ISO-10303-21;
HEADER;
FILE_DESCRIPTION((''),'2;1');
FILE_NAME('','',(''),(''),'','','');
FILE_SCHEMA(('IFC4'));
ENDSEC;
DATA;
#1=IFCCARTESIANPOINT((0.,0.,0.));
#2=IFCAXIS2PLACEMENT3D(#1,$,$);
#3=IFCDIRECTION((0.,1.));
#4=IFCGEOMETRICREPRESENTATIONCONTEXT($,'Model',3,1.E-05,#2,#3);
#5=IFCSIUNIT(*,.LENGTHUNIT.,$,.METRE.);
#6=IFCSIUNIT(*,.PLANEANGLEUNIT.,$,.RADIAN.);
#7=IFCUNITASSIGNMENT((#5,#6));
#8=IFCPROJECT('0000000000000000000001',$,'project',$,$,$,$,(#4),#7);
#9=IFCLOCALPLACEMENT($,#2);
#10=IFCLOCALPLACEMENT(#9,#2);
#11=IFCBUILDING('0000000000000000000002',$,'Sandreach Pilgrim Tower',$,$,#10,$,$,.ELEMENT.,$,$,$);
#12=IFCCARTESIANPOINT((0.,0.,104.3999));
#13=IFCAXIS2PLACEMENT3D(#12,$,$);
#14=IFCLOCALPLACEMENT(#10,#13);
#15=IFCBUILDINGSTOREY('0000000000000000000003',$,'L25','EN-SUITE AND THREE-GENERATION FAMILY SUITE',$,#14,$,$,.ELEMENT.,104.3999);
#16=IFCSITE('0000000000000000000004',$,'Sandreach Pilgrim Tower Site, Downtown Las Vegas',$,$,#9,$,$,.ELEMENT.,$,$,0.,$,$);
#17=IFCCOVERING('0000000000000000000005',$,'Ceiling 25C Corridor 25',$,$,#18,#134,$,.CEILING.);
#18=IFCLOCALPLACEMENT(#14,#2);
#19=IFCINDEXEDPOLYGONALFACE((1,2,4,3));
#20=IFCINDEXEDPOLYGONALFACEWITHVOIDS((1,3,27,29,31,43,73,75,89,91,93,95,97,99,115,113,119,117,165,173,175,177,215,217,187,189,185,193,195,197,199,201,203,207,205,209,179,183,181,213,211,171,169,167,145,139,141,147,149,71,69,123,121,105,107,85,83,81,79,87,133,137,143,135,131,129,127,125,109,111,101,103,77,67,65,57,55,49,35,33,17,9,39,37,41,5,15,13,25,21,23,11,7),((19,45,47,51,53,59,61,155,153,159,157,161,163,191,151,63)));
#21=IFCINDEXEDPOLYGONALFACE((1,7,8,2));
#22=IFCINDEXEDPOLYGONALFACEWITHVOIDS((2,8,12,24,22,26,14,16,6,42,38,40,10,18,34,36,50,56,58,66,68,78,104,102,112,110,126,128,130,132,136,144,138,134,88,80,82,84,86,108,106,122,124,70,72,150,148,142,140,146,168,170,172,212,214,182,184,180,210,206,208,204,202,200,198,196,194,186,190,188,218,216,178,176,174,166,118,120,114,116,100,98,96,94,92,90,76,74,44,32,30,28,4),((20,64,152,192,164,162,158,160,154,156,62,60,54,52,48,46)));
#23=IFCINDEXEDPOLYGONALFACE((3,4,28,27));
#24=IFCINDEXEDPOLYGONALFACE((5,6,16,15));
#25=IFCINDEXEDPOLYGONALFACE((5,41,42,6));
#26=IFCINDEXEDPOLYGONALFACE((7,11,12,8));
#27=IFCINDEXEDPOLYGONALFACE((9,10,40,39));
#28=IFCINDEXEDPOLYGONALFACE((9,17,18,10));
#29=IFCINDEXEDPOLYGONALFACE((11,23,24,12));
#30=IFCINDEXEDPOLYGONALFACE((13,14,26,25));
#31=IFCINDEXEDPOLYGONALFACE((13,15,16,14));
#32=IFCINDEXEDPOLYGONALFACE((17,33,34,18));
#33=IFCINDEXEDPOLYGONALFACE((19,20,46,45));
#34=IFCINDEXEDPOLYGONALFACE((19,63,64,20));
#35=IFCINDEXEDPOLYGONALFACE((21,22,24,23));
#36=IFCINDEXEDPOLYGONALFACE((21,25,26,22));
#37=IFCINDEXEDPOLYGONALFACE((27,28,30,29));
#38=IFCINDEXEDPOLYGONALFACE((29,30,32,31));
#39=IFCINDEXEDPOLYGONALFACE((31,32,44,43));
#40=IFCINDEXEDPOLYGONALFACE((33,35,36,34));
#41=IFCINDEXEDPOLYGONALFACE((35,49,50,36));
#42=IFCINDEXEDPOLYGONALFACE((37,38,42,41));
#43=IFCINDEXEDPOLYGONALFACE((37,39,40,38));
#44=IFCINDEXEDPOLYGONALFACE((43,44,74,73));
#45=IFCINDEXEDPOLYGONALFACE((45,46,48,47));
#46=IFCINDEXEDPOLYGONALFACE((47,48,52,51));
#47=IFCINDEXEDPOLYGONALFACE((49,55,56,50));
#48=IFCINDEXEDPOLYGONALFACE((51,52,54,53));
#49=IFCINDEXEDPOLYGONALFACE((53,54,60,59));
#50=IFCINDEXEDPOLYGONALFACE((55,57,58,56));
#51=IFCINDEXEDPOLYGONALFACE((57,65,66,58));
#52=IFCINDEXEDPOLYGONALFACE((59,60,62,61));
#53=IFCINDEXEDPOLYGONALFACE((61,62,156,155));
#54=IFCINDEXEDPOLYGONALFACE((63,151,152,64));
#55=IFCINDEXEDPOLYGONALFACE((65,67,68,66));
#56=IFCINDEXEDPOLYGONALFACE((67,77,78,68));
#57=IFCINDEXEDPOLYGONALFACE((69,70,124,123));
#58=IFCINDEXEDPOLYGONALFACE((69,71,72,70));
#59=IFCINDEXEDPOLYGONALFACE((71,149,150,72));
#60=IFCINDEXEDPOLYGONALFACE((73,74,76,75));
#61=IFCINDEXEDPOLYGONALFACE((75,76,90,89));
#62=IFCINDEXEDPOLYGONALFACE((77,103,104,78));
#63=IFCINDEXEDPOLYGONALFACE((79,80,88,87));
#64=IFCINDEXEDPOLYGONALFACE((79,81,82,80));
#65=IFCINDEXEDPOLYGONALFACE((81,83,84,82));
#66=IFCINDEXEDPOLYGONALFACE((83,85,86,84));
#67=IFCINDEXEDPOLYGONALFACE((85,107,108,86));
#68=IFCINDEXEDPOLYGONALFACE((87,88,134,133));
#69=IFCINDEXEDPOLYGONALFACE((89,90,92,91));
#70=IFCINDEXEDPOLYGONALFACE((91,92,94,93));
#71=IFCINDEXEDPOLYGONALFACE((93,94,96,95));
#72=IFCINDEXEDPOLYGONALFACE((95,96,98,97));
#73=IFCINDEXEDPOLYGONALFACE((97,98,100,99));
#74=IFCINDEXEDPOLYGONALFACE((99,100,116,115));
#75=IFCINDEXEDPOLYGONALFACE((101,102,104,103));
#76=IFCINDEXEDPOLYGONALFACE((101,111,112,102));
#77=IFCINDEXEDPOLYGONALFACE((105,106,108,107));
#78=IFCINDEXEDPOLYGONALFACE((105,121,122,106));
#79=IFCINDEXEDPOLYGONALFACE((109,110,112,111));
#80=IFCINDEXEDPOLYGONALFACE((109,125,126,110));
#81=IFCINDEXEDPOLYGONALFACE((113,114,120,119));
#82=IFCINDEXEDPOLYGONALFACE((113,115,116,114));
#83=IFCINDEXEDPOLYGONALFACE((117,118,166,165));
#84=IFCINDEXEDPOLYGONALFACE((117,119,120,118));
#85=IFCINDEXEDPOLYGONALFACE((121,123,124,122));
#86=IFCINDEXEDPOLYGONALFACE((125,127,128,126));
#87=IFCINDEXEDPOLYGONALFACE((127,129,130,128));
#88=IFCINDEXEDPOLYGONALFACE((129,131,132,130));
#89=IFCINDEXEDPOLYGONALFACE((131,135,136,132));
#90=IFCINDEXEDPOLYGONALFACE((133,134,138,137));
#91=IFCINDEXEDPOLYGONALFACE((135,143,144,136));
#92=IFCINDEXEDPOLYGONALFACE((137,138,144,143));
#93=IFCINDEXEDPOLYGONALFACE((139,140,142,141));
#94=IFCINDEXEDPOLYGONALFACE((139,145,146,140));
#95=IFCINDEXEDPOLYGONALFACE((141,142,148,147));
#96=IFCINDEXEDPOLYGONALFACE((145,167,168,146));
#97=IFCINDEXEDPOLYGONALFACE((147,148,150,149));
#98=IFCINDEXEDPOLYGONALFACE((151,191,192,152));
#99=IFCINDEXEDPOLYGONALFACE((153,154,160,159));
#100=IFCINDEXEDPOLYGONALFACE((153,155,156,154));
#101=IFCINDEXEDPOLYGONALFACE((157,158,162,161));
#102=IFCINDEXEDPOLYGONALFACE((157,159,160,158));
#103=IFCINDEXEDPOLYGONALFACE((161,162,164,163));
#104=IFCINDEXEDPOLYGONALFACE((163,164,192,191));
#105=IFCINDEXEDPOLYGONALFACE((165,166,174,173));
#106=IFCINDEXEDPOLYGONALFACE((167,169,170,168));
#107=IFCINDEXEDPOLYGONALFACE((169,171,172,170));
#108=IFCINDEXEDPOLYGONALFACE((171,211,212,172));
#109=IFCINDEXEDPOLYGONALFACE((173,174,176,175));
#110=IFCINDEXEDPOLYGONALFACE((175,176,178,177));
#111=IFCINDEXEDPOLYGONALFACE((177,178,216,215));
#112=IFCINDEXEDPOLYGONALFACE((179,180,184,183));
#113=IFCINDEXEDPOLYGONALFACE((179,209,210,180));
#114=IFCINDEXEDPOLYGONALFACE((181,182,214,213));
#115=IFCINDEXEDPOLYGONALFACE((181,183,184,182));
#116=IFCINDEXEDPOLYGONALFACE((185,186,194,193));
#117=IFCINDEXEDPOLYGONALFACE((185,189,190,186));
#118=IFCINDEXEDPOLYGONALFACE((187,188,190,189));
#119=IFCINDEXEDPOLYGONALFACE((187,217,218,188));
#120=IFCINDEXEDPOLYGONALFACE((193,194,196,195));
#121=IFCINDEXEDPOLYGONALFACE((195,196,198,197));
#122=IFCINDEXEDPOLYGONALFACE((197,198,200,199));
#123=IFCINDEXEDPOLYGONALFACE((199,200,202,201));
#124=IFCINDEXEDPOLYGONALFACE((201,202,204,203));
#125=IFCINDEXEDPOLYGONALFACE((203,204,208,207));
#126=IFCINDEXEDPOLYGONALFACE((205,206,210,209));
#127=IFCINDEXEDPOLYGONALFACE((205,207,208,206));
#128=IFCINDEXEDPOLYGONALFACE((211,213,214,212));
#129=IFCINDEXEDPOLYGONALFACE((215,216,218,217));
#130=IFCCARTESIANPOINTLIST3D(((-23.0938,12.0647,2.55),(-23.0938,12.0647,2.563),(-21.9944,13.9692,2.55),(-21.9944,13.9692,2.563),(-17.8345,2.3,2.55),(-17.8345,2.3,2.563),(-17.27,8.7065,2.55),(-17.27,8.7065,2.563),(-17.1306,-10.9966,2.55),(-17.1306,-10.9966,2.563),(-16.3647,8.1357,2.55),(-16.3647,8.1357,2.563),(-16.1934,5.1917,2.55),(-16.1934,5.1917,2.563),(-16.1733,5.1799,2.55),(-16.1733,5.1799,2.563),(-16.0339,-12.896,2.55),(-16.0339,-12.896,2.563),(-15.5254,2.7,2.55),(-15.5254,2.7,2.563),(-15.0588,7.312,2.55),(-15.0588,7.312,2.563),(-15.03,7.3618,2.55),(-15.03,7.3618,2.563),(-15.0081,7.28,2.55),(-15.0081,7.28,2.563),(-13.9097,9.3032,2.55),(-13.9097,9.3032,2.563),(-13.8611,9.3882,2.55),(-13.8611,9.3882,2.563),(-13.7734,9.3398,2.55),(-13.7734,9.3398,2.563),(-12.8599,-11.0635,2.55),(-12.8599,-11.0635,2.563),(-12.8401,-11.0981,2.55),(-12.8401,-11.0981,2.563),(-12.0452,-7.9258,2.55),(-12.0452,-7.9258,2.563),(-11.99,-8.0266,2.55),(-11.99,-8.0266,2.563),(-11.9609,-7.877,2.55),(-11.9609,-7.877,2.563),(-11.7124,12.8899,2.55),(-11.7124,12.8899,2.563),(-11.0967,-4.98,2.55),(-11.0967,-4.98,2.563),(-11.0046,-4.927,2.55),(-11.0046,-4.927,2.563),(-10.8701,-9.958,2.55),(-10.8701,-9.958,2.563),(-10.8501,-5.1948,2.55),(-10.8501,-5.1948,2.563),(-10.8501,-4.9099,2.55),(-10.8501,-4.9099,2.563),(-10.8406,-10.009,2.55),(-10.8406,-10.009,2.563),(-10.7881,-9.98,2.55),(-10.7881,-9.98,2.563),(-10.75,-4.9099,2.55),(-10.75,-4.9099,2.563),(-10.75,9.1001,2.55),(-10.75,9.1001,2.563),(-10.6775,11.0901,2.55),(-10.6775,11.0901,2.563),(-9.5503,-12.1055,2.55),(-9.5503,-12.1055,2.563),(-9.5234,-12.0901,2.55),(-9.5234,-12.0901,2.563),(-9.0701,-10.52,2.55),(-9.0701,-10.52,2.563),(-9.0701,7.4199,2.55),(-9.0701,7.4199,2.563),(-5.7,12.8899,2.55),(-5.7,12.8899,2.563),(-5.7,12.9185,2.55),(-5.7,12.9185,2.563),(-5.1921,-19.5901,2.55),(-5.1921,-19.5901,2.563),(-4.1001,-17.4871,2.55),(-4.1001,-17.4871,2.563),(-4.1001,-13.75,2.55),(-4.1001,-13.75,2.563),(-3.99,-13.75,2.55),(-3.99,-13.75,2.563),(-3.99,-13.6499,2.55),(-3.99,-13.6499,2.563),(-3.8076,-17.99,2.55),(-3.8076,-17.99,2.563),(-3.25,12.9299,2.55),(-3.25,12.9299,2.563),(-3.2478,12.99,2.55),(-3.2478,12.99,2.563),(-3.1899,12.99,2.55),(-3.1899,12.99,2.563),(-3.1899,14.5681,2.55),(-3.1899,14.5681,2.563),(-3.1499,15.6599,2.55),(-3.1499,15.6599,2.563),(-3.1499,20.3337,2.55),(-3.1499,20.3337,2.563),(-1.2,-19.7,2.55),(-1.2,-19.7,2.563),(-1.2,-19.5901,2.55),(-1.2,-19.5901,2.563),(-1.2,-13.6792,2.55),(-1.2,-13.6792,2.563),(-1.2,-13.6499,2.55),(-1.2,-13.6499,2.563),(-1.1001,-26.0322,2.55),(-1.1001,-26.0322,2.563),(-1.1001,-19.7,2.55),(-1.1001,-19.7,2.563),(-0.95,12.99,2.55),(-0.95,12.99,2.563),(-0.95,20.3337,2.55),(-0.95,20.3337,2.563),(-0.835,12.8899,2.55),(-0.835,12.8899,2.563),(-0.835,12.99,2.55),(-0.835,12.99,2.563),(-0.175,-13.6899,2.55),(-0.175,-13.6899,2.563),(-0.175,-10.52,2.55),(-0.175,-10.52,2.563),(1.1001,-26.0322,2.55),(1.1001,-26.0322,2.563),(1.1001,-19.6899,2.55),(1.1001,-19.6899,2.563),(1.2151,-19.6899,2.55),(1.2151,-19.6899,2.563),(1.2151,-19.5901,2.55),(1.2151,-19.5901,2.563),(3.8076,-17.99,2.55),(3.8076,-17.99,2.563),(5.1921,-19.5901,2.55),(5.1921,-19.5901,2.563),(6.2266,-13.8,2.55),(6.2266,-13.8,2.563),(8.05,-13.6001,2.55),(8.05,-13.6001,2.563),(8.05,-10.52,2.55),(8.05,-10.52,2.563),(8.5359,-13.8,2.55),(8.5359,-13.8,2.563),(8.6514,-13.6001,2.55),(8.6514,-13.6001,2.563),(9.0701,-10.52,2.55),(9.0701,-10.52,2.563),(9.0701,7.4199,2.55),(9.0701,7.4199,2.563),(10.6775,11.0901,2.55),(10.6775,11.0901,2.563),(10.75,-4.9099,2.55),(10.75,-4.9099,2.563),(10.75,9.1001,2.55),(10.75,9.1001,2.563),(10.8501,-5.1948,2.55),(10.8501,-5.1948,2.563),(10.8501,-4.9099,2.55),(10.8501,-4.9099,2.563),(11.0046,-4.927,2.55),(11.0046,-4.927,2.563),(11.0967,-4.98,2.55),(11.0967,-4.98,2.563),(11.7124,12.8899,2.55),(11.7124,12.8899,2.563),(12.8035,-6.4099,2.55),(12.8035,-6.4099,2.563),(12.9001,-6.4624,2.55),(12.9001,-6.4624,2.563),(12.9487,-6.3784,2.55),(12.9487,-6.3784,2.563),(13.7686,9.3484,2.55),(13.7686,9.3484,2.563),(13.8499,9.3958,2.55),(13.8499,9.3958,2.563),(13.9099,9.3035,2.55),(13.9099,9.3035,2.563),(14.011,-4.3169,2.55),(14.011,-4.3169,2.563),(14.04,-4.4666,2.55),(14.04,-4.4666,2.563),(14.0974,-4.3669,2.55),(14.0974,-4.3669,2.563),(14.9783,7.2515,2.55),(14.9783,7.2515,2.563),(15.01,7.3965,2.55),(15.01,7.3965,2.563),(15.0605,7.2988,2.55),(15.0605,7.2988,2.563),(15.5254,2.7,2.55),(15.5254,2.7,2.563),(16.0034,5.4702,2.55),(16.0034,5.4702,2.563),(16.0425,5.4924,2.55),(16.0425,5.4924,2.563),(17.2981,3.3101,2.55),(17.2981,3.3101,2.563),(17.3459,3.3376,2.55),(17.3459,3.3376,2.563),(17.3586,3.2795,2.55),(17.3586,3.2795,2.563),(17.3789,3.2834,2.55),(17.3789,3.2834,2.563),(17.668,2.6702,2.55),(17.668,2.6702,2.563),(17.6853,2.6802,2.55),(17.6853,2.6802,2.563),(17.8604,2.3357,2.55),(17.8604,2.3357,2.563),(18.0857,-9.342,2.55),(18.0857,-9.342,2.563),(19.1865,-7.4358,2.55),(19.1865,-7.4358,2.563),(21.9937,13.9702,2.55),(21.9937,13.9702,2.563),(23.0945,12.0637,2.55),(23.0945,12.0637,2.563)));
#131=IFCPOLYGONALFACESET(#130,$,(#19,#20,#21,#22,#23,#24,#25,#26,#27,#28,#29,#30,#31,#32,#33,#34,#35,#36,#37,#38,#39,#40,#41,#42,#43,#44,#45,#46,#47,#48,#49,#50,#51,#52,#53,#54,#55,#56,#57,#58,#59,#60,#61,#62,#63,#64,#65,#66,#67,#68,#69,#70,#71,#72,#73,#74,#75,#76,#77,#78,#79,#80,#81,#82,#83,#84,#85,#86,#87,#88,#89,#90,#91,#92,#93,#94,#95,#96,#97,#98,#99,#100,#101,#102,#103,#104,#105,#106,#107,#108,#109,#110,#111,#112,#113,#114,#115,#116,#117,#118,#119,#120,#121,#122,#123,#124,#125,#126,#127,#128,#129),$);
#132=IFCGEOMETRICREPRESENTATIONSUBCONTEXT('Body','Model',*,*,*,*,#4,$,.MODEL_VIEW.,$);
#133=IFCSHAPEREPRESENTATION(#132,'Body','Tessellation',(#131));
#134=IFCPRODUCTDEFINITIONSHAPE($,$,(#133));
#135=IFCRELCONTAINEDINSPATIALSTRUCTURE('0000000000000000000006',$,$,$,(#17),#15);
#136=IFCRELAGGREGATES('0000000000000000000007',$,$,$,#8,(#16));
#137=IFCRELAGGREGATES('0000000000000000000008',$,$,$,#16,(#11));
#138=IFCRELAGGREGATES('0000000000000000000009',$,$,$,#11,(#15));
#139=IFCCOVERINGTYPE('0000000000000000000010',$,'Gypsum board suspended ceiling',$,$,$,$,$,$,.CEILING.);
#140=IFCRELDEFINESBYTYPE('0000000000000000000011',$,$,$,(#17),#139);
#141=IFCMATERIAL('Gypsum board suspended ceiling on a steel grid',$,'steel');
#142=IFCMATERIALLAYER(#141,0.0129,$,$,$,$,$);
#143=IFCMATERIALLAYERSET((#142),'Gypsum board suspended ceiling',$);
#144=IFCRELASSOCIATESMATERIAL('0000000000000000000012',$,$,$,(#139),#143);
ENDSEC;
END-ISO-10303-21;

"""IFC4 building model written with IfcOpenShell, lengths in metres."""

from ifc_helpers import new_model, si_unit, direction, frame, origin, place, context, subcontext, project, spatial, polyline, outline, extrude, material, layer, layer_set, type_object, element, save


model = new_model("IFC4")

# Units and contexts
model_context = context("Model", 3, precision=1e-05, world=origin(), true_north=direction((0.0, 1.0)))
body_context = subcontext(model_context, "Body", "Model", "MODEL_VIEW")
ifc_project = project(units=[si_unit("LENGTHUNIT", "METRE"), si_unit("PLANEANGLEUNIT", "RADIAN")], contexts=[model_context])

# Site, building, storey
site_placement = place(None, origin())
site = spatial("IfcSite", under=ifc_project, at=site_placement, Name="Sandreach Pilgrim Tower Site, Downtown Las Vegas", CompositionType="ELEMENT", RefElevation=0.0)
building_placement = place(site_placement, origin())
building = spatial("IfcBuilding", under=site, at=building_placement, Name="Sandreach Pilgrim Tower", CompositionType="ELEMENT")
storey_placement = place(building_placement, frame((0.0, 0.0, 104.3999)))
storey = spatial("IfcBuildingStorey", under=building, at=storey_placement, Name="L25", Description="EN-SUITE AND THREE-GENERATION FAMILY SUITE", CompositionType="ELEMENT", Elevation=104.3999)

# Covering
ifc_material_1 = material(Name="Gypsum board suspended ceiling on a steel grid", Category="steel")
ifc_layer_1 = layer(ifc_material_1, 0.0129)
ifc_layer_set_1 = layer_set([ifc_layer_1], Name="Gypsum board suspended ceiling")
covering_type_1 = type_object("IfcCoveringType", Name="Gypsum board suspended ceiling", PredefinedType="CEILING", material=ifc_layer_set_1)
covering_1_placement = place(storey_placement, frame((0.0, 0.0, 2.55)))
element("IfcCovering", 1, at=covering_1_placement, inside=storey, type_object=covering_type_1, Name="Ceiling 25C Corridor 25", PredefinedType="CEILING", context=body_context, shape_type="SweptSolid", body=[
    extrude(outline(polyline([(-23.0938, 12.0647), (-21.9944, 13.9692), (-13.9097, 9.3032), (-13.8611, 9.3882), (-13.7734, 9.3398), (-11.7124, 12.8899), (-5.7, 12.8899), (-5.7, 12.9185), (-3.25, 12.9299), (-3.2478, 12.99), (-3.1899, 12.99), (-3.1899, 14.5681), (-3.1499, 15.6599), (-3.1499, 20.3337), (-0.95, 20.3337), (-0.95, 12.99), (-0.835, 12.99), (-0.835, 12.8899), (11.7124, 12.8899), (13.7686, 9.3484), (13.8499, 9.3958), (13.9099, 9.3035), (21.9937, 13.9702), (23.0945, 12.0637), (15.01, 7.3965), (15.0605, 7.2988), (14.9783, 7.2515), (16.0034, 5.4702), (16.0425, 5.4924), (17.2981, 3.3101), (17.3459, 3.3376), (17.3586, 3.2795), (17.3789, 3.2834), (17.6853, 2.6802), (17.668, 2.6702), (17.8604, 2.3357), (14.011, -4.3169), (14.0974, -4.3669), (14.04, -4.4666), (19.1865, -7.4358), (18.0857, -9.342), (12.9487, -6.3784), (12.9001, -6.4624), (12.8035, -6.4099), (8.6514, -13.6001), (8.05, -13.6001), (8.05, -10.52), (9.0701, -10.52), (9.0701, 7.4199), (-9.0701, 7.4199), (-9.0701, -10.52), (-0.175, -10.52), (-0.175, -13.6899), (-1.2, -13.6792), (-1.2, -13.6499), (-3.99, -13.6499), (-3.99, -13.75), (-4.1001, -13.75), (-4.1001, -17.4871), (-3.8076, -17.99), (3.8076, -17.99), (6.2266, -13.8), (8.5359, -13.8), (5.1921, -19.5901), (1.2151, -19.5901), (1.2151, -19.6899), (1.1001, -19.6899), (1.1001, -26.0322), (-1.1001, -26.0322), (-1.1001, -19.7), (-1.2, -19.7), (-1.2, -19.5901), (-5.1921, -19.5901), (-9.5234, -12.0901), (-9.5503, -12.1055), (-10.7881, -9.98), (-10.8406, -10.009), (-10.8701, -9.958), (-12.8401, -11.0981), (-12.8599, -11.0635), (-16.0339, -12.896), (-17.1306, -10.9966), (-11.99, -8.0266), (-12.0452, -7.9258), (-11.9609, -7.877), (-17.8345, 2.3), (-16.1733, 5.1799), (-16.1934, 5.1917), (-15.0081, 7.28), (-15.0588, 7.312), (-15.03, 7.3618), (-16.3647, 8.1357), (-17.27, 8.7065), (-23.0938, 12.0647)]), holes=[polyline([(-15.5254, 2.7), (-11.0967, -4.98), (-11.0046, -4.927), (-10.8501, -5.1948), (-10.8501, -4.9099), (-10.75, -4.9099), (-10.75, 9.1001), (10.75, 9.1001), (10.75, -4.9099), (10.8501, -4.9099), (10.8501, -5.1948), (11.0046, -4.927), (11.0967, -4.98), (15.5254, 2.7), (10.6775, 11.0901), (-10.6775, 11.0901), (-15.5254, 2.7)])]), origin(), (0.0, 0.0, 1.0), 0.0129),
])

save(model, "model.ifc")
